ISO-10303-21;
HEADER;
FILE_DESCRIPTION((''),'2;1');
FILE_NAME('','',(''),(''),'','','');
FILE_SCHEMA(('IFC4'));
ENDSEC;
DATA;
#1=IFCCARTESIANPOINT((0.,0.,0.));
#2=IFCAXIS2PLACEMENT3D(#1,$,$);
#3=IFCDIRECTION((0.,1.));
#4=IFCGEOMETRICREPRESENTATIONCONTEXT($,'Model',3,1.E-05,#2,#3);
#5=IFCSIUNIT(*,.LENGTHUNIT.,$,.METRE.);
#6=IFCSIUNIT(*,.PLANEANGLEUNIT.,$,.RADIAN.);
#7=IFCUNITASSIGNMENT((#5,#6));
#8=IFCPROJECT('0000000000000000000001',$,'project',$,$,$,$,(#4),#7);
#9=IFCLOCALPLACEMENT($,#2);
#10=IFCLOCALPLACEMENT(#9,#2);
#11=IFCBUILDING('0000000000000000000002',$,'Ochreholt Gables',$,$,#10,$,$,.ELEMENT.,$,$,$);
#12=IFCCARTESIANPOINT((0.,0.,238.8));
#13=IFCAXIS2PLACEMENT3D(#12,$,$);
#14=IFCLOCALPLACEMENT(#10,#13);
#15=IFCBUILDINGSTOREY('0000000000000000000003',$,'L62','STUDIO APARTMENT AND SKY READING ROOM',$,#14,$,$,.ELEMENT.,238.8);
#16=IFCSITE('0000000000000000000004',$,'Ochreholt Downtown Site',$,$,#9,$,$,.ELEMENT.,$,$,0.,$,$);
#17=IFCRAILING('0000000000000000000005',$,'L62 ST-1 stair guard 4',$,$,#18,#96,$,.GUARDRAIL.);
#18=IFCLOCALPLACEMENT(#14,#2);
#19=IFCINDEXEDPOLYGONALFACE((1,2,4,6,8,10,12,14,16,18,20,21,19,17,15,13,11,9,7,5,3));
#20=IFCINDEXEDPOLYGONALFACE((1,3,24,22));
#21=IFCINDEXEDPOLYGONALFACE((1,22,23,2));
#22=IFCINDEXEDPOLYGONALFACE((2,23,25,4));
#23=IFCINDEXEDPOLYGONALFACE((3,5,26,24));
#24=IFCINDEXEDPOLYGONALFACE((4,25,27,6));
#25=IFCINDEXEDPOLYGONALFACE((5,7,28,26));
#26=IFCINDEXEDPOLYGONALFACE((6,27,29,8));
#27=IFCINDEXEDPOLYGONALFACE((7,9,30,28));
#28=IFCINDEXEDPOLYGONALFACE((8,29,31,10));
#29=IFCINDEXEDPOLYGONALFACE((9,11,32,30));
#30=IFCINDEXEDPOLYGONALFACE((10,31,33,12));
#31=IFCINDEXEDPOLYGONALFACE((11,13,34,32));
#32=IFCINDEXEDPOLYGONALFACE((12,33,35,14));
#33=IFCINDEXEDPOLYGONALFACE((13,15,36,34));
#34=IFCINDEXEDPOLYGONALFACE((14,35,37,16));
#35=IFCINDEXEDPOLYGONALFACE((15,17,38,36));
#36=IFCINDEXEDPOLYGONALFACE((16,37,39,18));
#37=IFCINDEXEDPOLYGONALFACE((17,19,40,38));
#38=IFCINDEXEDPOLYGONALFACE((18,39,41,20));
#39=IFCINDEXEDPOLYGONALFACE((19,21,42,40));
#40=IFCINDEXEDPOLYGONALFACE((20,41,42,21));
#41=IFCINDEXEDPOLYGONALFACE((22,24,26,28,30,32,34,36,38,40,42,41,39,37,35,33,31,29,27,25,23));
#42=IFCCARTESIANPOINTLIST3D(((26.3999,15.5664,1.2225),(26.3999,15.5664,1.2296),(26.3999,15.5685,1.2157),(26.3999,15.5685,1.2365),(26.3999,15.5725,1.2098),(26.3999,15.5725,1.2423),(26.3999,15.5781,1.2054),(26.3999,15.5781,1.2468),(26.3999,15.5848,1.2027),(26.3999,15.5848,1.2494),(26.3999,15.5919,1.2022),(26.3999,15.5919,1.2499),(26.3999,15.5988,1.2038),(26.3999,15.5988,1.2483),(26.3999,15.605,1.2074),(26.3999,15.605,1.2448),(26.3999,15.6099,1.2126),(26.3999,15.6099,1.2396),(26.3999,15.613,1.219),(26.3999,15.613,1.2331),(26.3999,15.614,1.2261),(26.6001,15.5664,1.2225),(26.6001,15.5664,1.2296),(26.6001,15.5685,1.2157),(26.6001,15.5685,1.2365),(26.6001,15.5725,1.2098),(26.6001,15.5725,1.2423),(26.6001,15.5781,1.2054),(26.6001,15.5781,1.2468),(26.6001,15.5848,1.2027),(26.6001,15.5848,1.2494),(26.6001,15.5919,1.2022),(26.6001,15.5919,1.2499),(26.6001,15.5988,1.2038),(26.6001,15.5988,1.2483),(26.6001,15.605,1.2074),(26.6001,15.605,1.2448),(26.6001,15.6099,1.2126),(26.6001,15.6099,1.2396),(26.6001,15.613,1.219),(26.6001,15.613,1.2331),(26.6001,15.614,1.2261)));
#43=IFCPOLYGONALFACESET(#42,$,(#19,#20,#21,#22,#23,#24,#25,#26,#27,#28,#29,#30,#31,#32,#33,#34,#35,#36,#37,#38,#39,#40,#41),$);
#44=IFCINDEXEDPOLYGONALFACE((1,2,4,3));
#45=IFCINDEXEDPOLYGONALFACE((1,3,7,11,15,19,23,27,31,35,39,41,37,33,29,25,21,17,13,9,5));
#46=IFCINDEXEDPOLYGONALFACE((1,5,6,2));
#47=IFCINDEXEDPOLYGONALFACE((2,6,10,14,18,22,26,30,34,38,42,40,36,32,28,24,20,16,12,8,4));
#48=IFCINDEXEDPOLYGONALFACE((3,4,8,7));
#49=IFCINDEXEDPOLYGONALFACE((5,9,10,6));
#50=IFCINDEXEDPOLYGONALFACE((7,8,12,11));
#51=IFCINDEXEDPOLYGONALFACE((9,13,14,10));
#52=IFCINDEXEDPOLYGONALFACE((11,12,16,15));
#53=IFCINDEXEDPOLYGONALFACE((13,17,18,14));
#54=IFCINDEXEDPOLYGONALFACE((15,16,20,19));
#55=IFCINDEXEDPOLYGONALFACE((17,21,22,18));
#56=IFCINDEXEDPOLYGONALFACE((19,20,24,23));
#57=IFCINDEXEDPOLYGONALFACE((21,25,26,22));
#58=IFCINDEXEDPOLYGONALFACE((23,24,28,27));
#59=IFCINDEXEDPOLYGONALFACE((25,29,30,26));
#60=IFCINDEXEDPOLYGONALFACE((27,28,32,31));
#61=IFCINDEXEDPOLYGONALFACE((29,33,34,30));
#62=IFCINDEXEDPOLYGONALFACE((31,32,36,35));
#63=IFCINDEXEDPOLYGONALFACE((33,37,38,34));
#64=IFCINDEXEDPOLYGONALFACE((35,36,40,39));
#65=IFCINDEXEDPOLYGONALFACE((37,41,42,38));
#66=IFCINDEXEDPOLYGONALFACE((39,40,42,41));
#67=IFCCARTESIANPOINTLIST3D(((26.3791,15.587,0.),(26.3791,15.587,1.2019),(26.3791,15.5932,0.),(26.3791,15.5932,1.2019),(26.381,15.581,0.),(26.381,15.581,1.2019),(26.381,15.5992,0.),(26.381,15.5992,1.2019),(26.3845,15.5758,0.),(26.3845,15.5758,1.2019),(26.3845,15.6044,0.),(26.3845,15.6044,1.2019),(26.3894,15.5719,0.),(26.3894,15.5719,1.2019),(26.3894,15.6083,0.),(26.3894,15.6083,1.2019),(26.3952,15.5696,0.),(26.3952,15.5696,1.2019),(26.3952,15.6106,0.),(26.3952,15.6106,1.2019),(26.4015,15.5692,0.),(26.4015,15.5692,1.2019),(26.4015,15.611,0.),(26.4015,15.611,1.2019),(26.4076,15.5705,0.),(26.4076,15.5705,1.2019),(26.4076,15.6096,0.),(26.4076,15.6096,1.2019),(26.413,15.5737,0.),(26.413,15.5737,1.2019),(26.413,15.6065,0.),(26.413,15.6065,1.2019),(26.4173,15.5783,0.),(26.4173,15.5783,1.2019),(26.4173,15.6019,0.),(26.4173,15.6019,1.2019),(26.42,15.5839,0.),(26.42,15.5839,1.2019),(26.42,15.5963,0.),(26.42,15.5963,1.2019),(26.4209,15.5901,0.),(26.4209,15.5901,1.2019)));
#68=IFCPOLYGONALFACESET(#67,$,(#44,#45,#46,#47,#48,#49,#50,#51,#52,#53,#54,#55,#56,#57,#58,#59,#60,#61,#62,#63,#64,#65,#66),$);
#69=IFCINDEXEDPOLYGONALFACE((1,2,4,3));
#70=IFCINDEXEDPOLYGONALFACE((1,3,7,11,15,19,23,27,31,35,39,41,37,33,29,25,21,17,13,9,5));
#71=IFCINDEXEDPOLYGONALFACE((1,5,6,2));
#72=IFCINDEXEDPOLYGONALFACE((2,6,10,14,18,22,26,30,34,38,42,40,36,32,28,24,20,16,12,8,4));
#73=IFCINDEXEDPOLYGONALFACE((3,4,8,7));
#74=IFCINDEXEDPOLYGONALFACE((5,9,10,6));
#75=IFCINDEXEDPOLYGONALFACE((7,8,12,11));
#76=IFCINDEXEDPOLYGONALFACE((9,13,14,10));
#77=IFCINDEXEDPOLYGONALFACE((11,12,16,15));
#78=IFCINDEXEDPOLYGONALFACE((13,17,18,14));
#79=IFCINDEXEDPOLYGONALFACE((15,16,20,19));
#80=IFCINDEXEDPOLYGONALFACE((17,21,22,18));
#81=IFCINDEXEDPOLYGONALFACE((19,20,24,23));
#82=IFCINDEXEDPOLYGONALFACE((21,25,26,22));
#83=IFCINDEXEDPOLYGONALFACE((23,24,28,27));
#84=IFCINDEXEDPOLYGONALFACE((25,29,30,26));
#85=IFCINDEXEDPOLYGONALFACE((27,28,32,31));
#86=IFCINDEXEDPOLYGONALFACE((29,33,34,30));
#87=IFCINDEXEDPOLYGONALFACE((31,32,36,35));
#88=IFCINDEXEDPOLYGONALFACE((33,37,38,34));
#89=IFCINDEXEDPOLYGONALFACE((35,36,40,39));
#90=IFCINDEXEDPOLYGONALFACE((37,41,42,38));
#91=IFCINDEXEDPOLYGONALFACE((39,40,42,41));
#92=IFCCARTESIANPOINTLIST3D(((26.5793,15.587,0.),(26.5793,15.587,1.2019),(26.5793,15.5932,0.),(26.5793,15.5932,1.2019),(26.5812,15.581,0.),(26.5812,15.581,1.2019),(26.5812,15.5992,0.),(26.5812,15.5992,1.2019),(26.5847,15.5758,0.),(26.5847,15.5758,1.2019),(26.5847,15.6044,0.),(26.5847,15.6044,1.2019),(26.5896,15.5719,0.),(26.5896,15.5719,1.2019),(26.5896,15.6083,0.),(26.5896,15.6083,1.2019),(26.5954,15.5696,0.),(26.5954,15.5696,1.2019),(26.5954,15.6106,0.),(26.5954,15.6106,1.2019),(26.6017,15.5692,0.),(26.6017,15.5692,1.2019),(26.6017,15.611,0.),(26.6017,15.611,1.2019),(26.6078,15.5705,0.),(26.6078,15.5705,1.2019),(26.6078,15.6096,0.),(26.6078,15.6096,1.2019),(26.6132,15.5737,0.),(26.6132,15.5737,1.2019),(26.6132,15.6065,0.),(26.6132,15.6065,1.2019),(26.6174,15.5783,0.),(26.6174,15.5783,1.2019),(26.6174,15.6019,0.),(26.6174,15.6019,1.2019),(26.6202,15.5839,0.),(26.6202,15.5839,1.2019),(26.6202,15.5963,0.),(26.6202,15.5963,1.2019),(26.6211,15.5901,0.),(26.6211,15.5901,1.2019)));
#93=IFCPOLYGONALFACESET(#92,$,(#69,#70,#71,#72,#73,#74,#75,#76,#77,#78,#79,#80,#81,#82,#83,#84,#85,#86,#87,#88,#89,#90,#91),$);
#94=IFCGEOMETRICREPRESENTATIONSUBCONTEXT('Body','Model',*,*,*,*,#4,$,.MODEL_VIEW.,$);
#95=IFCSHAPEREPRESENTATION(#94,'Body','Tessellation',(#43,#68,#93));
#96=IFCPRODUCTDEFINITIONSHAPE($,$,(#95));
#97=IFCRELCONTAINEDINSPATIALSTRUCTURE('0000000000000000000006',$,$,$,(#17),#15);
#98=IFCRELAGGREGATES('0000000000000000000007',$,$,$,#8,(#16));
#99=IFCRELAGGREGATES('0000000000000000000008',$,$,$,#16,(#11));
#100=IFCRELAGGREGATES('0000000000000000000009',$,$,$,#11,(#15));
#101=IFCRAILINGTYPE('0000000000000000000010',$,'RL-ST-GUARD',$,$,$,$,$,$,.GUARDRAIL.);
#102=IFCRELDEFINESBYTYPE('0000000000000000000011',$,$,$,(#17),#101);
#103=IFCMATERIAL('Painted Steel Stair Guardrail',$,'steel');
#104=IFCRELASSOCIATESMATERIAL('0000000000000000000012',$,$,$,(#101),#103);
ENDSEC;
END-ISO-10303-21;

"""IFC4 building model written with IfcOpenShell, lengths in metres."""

from ifc_helpers import new_model, si_unit, direction, frame, origin, origin_2d, place, context, subcontext, project, spatial, circle, extrude, material, type_object, element, save


model = new_model("IFC4")

# Units and contexts
model_context = context("Model", 3, precision=1e-05, world=origin(), true_north=direction((0.0, 1.0)))
body_context = subcontext(model_context, "Body", "Model", "MODEL_VIEW")
ifc_project = project(units=[si_unit("LENGTHUNIT", "METRE"), si_unit("PLANEANGLEUNIT", "RADIAN")], contexts=[model_context])

# Site, building, storey
site_placement = place(None, origin())
site = spatial("IfcSite", under=ifc_project, at=site_placement, Name="Ochreholt Downtown Site", CompositionType="ELEMENT", RefElevation=0.0)
building_placement = place(site_placement, origin())
building = spatial("IfcBuilding", under=site, at=building_placement, Name="Ochreholt Gables", CompositionType="ELEMENT")
storey_placement = place(building_placement, frame((0.0, 0.0, 238.8)))
storey = spatial("IfcBuildingStorey", under=building, at=storey_placement, Name="L62", Description="STUDIO APARTMENT AND SKY READING ROOM", CompositionType="ELEMENT", Elevation=238.8)

# Railing
ifc_material_1 = material(Name="Painted Steel Stair Guardrail", Category="steel")
railing_type = type_object("IfcRailingType", Name="RL-ST-GUARD", PredefinedType="GUARDRAIL", material=ifc_material_1)
railing_1_placement = place(storey_placement, frame((26.3999, 15.5901, 0.0)))
element("IfcRailing", 1, at=railing_1_placement, inside=storey, type_object=railing_type, Name="L62 ST-1 stair guard 4", PredefinedType="GUARDRAIL", context=body_context, shape_type="SweptSolid", body=[
    extrude(circle(Radius=0.0239, at=origin_2d()), frame((0.0, 0.0, 1.2261), z_axis=(1.0, 0.0, 0.0), x_axis=(0.0, 1.0, 0.0)), (0.0, 0.0, 1.0), 0.2002),
    extrude(circle(Radius=0.021, at=origin_2d()), origin(), (0.0, 0.0, 1.0), 1.2019),
    extrude(circle(Radius=0.021, at=origin_2d()), frame((0.2002, 0.0, 0.0)), (0.0, 0.0, 1.0), 1.2019),
])

save(model, "model.ifc")
